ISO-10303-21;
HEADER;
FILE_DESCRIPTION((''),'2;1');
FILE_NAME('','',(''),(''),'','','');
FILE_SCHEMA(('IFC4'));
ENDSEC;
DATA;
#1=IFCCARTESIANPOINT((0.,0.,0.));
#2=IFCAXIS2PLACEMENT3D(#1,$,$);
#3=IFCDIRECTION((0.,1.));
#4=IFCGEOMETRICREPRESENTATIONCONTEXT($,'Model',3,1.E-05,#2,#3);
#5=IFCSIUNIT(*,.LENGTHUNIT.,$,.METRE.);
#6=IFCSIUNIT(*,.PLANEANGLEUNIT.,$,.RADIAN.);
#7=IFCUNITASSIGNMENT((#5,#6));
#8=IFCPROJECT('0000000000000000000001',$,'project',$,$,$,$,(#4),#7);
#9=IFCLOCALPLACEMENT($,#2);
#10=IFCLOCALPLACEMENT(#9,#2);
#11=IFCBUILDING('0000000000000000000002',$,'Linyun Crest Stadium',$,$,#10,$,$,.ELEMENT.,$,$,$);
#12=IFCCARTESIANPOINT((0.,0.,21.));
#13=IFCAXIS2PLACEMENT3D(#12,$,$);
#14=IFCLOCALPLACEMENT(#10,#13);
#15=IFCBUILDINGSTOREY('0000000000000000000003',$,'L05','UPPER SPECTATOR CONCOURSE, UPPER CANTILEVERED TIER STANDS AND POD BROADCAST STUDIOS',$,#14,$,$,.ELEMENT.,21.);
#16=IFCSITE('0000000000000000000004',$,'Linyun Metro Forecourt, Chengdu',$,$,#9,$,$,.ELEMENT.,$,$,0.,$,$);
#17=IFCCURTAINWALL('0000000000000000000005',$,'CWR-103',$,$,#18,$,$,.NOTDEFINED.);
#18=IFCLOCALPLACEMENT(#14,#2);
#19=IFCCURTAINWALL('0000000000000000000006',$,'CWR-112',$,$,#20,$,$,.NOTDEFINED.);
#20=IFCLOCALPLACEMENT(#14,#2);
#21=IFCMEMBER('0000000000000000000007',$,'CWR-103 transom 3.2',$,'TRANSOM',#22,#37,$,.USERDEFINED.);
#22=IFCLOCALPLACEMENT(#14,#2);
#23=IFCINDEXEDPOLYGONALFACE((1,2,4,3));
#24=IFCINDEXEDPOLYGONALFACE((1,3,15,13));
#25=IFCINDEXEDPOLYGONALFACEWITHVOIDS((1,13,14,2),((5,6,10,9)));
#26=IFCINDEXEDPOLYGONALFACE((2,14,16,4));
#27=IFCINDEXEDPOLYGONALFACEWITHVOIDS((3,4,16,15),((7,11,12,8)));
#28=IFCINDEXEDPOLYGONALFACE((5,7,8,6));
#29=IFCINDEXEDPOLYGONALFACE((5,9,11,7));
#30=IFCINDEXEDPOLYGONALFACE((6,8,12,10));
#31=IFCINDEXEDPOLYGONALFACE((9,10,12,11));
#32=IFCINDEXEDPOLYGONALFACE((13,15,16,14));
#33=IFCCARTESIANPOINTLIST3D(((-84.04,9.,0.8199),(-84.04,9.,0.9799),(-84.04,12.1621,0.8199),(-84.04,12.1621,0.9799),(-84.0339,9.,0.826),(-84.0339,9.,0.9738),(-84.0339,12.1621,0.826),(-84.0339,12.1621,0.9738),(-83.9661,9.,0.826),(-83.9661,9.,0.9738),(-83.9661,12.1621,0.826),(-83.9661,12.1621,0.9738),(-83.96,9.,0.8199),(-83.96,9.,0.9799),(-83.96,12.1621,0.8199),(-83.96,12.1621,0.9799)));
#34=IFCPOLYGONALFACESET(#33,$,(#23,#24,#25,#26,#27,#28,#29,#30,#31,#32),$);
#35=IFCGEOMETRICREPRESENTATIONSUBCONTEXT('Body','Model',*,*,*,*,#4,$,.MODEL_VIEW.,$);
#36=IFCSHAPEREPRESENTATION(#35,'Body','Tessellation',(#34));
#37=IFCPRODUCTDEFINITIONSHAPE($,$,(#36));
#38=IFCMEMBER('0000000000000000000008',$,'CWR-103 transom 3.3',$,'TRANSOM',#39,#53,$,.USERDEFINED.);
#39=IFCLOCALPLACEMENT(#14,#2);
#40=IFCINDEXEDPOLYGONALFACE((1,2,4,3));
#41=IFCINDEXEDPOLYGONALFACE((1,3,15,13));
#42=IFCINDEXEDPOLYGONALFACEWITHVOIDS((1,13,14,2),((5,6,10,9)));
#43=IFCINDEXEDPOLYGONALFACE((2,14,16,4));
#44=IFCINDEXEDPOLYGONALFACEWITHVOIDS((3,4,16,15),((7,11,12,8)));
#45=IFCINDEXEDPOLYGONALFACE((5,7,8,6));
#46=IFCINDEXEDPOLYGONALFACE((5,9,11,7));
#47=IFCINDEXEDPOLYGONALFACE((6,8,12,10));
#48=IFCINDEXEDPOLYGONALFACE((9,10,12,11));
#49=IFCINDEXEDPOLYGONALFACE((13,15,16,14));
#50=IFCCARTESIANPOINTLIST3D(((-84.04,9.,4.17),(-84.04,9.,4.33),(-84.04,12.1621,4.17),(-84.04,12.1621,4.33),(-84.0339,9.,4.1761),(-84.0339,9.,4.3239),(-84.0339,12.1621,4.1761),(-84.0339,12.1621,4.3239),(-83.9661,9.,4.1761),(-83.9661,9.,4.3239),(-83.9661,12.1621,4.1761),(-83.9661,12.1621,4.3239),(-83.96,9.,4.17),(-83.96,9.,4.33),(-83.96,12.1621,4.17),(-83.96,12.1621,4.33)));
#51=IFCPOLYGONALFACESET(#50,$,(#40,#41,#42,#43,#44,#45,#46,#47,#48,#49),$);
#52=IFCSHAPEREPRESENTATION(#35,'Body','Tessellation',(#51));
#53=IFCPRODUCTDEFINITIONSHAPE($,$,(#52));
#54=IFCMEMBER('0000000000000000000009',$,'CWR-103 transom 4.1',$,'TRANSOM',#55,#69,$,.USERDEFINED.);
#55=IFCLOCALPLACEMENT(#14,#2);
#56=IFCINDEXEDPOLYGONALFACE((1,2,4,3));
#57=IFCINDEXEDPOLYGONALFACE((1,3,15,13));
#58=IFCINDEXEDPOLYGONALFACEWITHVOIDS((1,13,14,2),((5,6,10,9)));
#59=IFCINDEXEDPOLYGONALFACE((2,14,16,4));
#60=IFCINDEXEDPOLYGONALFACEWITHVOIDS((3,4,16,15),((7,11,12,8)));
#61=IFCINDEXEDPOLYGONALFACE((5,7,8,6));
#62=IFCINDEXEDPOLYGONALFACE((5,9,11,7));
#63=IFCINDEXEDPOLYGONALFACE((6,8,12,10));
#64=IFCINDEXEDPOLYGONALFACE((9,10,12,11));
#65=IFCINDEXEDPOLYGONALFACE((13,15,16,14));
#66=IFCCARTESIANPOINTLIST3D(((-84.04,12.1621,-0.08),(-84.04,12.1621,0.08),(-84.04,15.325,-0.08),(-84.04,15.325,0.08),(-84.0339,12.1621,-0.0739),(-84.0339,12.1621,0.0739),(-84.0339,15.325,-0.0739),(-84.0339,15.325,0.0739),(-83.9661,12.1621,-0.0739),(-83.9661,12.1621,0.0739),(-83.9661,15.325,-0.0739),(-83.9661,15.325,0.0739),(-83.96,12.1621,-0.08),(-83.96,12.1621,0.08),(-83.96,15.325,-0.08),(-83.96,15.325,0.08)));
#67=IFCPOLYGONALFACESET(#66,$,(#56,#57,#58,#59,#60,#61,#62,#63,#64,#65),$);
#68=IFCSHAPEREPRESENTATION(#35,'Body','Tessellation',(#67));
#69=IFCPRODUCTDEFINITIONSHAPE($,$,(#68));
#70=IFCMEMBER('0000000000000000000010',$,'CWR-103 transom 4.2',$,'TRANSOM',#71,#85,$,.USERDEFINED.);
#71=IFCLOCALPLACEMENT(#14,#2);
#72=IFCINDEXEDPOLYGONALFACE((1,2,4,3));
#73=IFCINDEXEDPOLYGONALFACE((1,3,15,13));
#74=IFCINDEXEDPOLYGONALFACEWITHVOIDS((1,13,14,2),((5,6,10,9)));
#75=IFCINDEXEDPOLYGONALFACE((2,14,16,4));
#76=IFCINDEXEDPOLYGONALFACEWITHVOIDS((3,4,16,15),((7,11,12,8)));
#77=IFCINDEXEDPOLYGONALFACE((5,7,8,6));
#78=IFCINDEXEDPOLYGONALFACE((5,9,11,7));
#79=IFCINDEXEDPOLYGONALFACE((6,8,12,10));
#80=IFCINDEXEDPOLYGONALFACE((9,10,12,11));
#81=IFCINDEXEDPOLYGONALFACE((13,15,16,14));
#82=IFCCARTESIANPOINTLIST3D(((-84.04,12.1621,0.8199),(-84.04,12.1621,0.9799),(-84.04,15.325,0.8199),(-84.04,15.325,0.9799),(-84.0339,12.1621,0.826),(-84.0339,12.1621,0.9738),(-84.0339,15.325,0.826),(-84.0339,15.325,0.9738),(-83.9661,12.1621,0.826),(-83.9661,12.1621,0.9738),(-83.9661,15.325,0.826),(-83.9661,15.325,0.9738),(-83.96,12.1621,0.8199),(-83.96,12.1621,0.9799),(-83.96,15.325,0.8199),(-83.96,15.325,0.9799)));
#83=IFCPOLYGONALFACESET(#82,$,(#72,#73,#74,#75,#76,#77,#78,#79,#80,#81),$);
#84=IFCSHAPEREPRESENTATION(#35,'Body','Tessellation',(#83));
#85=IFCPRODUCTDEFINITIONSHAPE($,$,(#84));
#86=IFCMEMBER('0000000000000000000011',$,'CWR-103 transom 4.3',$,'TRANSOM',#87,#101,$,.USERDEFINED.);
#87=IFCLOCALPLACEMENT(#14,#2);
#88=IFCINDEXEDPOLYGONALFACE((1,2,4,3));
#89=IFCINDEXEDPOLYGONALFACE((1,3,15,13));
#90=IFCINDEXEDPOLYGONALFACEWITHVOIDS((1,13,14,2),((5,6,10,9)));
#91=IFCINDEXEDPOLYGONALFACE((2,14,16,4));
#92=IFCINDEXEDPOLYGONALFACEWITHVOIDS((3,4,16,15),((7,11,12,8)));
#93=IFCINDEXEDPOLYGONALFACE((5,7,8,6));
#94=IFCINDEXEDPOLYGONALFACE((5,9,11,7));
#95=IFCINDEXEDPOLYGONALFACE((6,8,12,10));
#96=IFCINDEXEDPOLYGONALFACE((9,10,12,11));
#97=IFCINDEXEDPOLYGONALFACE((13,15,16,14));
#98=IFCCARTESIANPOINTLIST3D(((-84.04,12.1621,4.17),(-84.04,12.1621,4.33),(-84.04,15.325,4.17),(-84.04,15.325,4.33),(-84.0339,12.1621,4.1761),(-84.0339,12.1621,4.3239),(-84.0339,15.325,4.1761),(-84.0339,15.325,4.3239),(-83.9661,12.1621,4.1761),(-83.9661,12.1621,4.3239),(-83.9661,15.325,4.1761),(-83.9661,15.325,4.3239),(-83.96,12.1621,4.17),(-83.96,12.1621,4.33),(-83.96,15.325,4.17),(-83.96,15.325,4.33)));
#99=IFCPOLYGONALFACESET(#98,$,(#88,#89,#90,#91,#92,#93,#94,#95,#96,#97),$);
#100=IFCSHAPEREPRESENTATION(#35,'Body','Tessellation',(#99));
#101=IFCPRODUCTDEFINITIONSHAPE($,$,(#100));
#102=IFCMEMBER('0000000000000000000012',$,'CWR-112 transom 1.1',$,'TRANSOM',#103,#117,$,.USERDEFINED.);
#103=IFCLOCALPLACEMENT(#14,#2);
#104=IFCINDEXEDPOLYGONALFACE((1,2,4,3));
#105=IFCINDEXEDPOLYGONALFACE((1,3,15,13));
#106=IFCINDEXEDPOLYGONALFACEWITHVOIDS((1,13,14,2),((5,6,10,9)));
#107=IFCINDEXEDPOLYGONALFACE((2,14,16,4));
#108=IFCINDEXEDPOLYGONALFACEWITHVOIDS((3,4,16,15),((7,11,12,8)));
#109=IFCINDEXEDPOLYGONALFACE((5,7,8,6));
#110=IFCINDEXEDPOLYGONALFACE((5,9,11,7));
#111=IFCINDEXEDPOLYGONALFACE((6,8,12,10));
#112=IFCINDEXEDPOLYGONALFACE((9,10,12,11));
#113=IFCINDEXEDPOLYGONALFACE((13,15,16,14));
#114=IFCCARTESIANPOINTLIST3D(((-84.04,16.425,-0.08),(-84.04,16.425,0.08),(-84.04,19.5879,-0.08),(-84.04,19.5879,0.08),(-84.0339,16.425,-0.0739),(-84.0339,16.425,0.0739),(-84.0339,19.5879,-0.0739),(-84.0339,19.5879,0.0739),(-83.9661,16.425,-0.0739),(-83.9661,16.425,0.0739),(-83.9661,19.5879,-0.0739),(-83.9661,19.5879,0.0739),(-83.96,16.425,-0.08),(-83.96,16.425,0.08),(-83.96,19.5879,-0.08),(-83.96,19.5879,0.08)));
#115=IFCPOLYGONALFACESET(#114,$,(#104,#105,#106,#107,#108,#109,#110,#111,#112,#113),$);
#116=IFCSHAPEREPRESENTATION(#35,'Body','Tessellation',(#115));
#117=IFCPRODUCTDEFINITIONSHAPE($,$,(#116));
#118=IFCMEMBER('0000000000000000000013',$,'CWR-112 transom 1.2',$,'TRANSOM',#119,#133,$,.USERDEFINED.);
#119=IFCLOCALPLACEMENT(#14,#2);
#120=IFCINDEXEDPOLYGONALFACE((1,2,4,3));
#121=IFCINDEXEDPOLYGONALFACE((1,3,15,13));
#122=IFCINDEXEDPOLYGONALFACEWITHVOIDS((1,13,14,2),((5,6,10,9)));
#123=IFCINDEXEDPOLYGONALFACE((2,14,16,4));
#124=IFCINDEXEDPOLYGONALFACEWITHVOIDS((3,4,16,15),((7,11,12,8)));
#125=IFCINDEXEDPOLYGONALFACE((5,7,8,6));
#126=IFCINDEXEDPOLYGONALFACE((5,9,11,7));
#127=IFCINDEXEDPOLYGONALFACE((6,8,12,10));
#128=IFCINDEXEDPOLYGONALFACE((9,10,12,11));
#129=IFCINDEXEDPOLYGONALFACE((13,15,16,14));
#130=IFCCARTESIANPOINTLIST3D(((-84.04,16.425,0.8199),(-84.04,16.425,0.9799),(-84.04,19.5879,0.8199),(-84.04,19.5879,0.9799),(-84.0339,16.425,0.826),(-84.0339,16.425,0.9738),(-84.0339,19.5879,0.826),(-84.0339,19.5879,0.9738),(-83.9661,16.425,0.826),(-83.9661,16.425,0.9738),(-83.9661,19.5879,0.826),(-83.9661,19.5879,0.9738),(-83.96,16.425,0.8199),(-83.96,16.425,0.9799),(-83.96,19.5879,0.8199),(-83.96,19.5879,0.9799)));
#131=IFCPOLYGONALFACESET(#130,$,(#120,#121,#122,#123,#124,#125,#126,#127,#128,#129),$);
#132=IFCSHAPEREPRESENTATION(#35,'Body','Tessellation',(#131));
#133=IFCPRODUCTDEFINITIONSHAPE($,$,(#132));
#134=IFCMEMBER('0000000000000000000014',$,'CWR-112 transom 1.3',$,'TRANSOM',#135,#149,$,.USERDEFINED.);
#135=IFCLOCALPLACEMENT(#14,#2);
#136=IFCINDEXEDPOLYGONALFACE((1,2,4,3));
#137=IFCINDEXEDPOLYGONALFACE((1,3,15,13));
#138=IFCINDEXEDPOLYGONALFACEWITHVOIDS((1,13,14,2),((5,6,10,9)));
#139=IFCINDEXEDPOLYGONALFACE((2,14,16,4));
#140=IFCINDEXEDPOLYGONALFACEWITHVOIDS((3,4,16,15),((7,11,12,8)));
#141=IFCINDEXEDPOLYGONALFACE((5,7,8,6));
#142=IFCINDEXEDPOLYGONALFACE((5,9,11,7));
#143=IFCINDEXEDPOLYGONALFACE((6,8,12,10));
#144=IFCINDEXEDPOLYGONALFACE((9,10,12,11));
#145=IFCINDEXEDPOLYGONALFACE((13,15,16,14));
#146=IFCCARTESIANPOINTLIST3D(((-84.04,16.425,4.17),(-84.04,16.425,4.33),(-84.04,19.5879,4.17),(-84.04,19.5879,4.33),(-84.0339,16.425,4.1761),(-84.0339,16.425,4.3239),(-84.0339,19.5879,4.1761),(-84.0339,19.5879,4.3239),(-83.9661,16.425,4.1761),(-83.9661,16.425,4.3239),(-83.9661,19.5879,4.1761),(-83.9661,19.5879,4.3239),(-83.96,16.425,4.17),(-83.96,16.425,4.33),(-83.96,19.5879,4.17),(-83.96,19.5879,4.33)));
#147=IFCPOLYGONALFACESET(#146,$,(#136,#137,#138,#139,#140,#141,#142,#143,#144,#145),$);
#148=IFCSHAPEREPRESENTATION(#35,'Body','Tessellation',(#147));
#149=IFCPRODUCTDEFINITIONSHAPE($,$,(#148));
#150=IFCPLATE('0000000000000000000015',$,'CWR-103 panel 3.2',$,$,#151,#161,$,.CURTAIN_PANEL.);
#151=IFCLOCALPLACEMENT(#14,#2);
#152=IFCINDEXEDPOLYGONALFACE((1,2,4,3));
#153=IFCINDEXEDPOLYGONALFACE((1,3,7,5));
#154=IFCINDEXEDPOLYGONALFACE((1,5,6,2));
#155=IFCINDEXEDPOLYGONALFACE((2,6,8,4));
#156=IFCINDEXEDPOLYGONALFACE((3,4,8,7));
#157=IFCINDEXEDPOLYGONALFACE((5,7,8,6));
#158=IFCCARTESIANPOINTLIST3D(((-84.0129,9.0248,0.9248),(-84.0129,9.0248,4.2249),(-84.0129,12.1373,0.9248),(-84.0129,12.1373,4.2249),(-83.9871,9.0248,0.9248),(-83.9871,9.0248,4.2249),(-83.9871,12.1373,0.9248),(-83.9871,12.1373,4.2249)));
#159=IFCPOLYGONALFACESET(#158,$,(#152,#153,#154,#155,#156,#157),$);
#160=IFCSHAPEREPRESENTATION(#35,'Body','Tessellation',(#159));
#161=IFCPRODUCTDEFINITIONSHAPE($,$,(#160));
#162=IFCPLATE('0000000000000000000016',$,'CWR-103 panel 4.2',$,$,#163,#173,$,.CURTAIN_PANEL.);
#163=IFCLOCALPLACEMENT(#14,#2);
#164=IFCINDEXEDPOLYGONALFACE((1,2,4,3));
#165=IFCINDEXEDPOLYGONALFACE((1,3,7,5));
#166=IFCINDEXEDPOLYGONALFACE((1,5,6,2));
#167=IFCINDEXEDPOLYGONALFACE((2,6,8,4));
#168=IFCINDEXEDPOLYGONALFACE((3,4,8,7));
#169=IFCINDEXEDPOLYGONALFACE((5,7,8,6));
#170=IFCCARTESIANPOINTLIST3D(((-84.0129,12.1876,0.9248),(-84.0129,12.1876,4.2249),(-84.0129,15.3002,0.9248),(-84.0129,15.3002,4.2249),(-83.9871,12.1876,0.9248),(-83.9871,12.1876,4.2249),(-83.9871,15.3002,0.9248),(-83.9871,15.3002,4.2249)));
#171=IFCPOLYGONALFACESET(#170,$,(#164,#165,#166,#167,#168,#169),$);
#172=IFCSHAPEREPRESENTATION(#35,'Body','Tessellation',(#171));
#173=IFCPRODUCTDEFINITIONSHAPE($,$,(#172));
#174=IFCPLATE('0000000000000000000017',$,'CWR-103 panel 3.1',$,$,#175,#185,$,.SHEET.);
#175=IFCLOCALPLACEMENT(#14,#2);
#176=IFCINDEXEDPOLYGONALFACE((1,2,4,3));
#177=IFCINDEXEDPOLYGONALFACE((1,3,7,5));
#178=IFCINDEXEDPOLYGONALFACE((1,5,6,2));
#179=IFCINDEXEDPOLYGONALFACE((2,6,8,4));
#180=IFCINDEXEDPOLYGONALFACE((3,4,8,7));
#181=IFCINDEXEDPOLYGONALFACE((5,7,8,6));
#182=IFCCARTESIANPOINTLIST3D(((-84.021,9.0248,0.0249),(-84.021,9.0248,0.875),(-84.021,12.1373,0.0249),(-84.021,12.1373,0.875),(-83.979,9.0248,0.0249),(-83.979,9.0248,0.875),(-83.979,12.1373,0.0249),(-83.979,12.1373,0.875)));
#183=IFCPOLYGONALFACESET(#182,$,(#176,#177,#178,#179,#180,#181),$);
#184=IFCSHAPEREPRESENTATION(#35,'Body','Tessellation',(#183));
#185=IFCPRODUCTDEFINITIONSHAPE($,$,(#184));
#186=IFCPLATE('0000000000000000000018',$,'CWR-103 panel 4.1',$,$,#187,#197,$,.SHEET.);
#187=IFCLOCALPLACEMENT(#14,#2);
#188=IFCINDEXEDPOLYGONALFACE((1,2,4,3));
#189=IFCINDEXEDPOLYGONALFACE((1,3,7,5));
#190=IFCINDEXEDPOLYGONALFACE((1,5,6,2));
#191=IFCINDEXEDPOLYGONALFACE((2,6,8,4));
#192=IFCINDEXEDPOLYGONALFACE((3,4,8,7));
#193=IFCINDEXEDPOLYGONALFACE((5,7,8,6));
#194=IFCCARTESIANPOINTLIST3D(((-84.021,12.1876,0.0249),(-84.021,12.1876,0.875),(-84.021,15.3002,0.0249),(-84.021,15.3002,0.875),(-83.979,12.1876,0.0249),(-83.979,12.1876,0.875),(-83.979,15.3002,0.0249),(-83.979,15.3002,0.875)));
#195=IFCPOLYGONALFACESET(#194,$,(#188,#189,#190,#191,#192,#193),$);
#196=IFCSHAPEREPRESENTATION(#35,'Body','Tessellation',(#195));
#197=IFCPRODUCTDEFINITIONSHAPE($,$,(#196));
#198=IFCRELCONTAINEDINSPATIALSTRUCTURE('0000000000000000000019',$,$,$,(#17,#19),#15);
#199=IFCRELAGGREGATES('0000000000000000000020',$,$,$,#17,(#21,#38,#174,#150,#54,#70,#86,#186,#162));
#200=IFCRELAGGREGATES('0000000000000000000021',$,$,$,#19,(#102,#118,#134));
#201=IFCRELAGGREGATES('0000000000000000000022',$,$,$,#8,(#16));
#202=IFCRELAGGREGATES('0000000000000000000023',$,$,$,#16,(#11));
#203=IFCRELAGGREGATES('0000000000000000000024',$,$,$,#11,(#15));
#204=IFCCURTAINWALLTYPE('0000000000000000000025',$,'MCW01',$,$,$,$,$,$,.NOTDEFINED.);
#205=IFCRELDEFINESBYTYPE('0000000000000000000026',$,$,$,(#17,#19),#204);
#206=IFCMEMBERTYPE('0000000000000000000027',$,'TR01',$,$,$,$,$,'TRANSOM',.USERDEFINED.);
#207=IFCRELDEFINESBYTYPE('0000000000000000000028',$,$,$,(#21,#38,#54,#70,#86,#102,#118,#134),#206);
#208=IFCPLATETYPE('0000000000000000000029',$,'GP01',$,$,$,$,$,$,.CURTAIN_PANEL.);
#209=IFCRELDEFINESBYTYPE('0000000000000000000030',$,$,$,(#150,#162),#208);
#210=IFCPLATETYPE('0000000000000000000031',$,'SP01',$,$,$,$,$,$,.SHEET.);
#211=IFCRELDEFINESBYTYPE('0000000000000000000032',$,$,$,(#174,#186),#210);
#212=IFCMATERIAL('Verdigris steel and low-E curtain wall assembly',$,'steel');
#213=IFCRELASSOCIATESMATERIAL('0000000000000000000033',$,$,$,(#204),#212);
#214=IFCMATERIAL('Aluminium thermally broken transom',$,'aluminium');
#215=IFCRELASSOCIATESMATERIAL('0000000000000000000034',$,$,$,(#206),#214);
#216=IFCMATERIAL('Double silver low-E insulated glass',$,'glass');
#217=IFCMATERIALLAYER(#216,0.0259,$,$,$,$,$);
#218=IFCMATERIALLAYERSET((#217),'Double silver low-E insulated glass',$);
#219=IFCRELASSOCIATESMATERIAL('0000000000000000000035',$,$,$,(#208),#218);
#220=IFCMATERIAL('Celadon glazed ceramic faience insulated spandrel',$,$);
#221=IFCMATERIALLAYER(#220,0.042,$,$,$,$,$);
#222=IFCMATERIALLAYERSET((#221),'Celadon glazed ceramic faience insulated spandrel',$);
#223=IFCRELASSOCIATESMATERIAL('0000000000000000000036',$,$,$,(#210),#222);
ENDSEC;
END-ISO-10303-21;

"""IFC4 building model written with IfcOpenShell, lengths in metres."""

from ifc_helpers import new_model, si_unit, direction, frame, origin, origin_2d, place, context, subcontext, project, spatial, rectangle, hollow_rectangle, extrude, material, layer, layer_set, material_profile, profile_set, type_object, element, aggregate, save


model = new_model("IFC4")

# Units and contexts
model_context = context("Model", 3, precision=1e-05, world=origin(), true_north=direction((0.0, 1.0)))
body_context = subcontext(model_context, "Body", "Model", "MODEL_VIEW")
ifc_project = project(units=[si_unit("LENGTHUNIT", "METRE"), si_unit("PLANEANGLEUNIT", "RADIAN")], contexts=[model_context])

# Site, building, storey
site_placement = place(None, origin())
site = spatial("IfcSite", under=ifc_project, at=site_placement, Name="Linyun Metro Forecourt, Chengdu", CompositionType="ELEMENT", RefElevation=0.0)
building_placement = place(site_placement, origin())
building = spatial("IfcBuilding", under=site, at=building_placement, Name="Linyun Crest Stadium", CompositionType="ELEMENT")
storey_placement = place(building_placement, frame((0.0, 0.0, 21.0)))
storey = spatial("IfcBuildingStorey", under=building, at=storey_placement, Name="L05", Description="UPPER SPECTATOR CONCOURSE, UPPER CANTILEVERED TIER STANDS AND POD BROADCAST STUDIOS", CompositionType="ELEMENT", Elevation=21.0)

# Curtain wall
ifc_material_1 = material(Name="Verdigris steel and low-E curtain wall assembly", Category="steel")
curtain_wall_type = type_object("IfcCurtainWallType", Name="MCW01", PredefinedType="NOTDEFINED", material=ifc_material_1)
curtain_wall_1_placement = place(storey_placement, origin())
curtain_wall_1 = element("IfcCurtainWall", 1, at=curtain_wall_1_placement, inside=storey, type_object=curtain_wall_type, Name="CWR-103", PredefinedType="NOTDEFINED")

# Curtain wall
curtain_wall_2_placement = place(storey_placement, origin())
curtain_wall_2 = element("IfcCurtainWall", 2, at=curtain_wall_2_placement, inside=storey, type_object=curtain_wall_type, Name="CWR-112", PredefinedType="NOTDEFINED")

# Members
ifc_material_2 = material(Name="Aluminium thermally broken transom", Category="aluminium")
ifc_material_profile_1 = material_profile(ifc_material_2, hollow_rectangle(XDim=0.0801, YDim=0.1599, WallThickness=0.0061, at=origin_2d()), Name="RHS 160x80x6")
ifc_profile_set_1 = profile_set([ifc_material_profile_1], Name="Aluminium thermally broken transom")
member_type_1 = type_object("IfcMemberType", Name="TR01", ElementType="TRANSOM", PredefinedType="USERDEFINED", material=ifc_profile_set_1)
member_1_placement = place(storey_placement, frame((-84.0, 9.0, 0.8999), z_axis=(0.0, 1.0, 0.0), x_axis=(-1.0, 0.0, 0.0)))
member_1 = element("IfcMember", 3, at=member_1_placement, type_object=member_type_1, Name="CWR-103 transom 3.2", ObjectType="TRANSOM", PredefinedType="USERDEFINED", context=body_context, shape_type="SweptSolid", body=[
    extrude(hollow_rectangle(XDim=0.0801, YDim=0.1599, WallThickness=0.0061, at=origin_2d()), origin(), (0.0, 0.0, 1.0), 3.1621),
])
member_2_placement = place(storey_placement, frame((-84.0, 9.0, 4.25), z_axis=(0.0, 1.0, 0.0), x_axis=(-1.0, 0.0, 0.0)))
member_2 = element("IfcMember", 4, at=member_2_placement, type_object=member_type_1, Name="CWR-103 transom 3.3", ObjectType="TRANSOM", PredefinedType="USERDEFINED", context=body_context, shape_type="SweptSolid", body=[
    extrude(hollow_rectangle(XDim=0.0801, YDim=0.1599, WallThickness=0.0061, at=origin_2d()), origin(), (0.0, 0.0, 1.0), 3.1621),
])
member_3_placement = place(storey_placement, frame((-84.0, 12.1621, 0.0), z_axis=(0.0, 1.0, 0.0), x_axis=(-1.0, 0.0, 0.0)))
member_3 = element("IfcMember", 5, at=member_3_placement, type_object=member_type_1, Name="CWR-103 transom 4.1", ObjectType="TRANSOM", PredefinedType="USERDEFINED", context=body_context, shape_type="SweptSolid", body=[
    extrude(hollow_rectangle(XDim=0.0801, YDim=0.1599, WallThickness=0.0061, at=origin_2d()), origin(), (0.0, 0.0, 1.0), 3.1628),
])
member_4_placement = place(storey_placement, frame((-84.0, 12.1621, 0.8999), z_axis=(0.0, 1.0, 0.0), x_axis=(-1.0, 0.0, 0.0)))
member_4 = element("IfcMember", 6, at=member_4_placement, type_object=member_type_1, Name="CWR-103 transom 4.2", ObjectType="TRANSOM", PredefinedType="USERDEFINED", context=body_context, shape_type="SweptSolid", body=[
    extrude(hollow_rectangle(XDim=0.0801, YDim=0.1599, WallThickness=0.0061, at=origin_2d()), origin(), (0.0, 0.0, 1.0), 3.1628),
])
member_5_placement = place(storey_placement, frame((-84.0, 12.1621, 4.25), z_axis=(0.0, 1.0, 0.0), x_axis=(-1.0, 0.0, 0.0)))
member_5 = element("IfcMember", 7, at=member_5_placement, type_object=member_type_1, Name="CWR-103 transom 4.3", ObjectType="TRANSOM", PredefinedType="USERDEFINED", context=body_context, shape_type="SweptSolid", body=[
    extrude(hollow_rectangle(XDim=0.0801, YDim=0.1599, WallThickness=0.0061, at=origin_2d()), origin(), (0.0, 0.0, 1.0), 3.1628),
])
member_6_placement = place(storey_placement, frame((-84.0, 16.425, 0.0), z_axis=(0.0, 1.0, 0.0), x_axis=(-1.0, 0.0, 0.0)))
member_6 = element("IfcMember", 8, at=member_6_placement, type_object=member_type_1, Name="CWR-112 transom 1.1", ObjectType="TRANSOM", PredefinedType="USERDEFINED", context=body_context, shape_type="SweptSolid", body=[
    extrude(hollow_rectangle(XDim=0.0801, YDim=0.1599, WallThickness=0.0061, at=origin_2d()), origin(), (0.0, 0.0, 1.0), 3.1628),
])
member_7_placement = place(storey_placement, frame((-84.0, 16.425, 0.8999), z_axis=(0.0, 1.0, 0.0), x_axis=(-1.0, 0.0, 0.0)))
member_7 = element("IfcMember", 9, at=member_7_placement, type_object=member_type_1, Name="CWR-112 transom 1.2", ObjectType="TRANSOM", PredefinedType="USERDEFINED", context=body_context, shape_type="SweptSolid", body=[
    extrude(hollow_rectangle(XDim=0.0801, YDim=0.1599, WallThickness=0.0061, at=origin_2d()), origin(), (0.0, 0.0, 1.0), 3.1628),
])
member_8_placement = place(storey_placement, frame((-84.0, 16.425, 4.25), z_axis=(0.0, 1.0, 0.0), x_axis=(-1.0, 0.0, 0.0)))
member_8 = element("IfcMember", 10, at=member_8_placement, type_object=member_type_1, Name="CWR-112 transom 1.3", ObjectType="TRANSOM", PredefinedType="USERDEFINED", context=body_context, shape_type="SweptSolid", body=[
    extrude(hollow_rectangle(XDim=0.0801, YDim=0.1599, WallThickness=0.0061, at=origin_2d()), origin(), (0.0, 0.0, 1.0), 3.1628),
])

# Plates
ifc_material_3 = material(Name="Double silver low-E insulated glass", Category="glass")
ifc_layer_1 = layer(ifc_material_3, 0.0259)
ifc_layer_set_1 = layer_set([ifc_layer_1], Name="Double silver low-E insulated glass")
plate_type_1 = type_object("IfcPlateType", Name="GP01", PredefinedType="CURTAIN_PANEL", material=ifc_layer_set_1)
plate_1_placement = place(storey_placement, frame((-84.0, 10.5811, 0.9248), z_axis=(0.0, 0.0, 1.0), x_axis=(0.0, 1.0, 0.0)))
plate_1 = element("IfcPlate", 11, at=plate_1_placement, type_object=plate_type_1, Name="CWR-103 panel 3.2", PredefinedType="CURTAIN_PANEL", context=body_context, shape_type="SweptSolid", body=[
    extrude(rectangle(XDim=3.1125, YDim=0.0259, at=origin_2d()), origin(), (0.0, 0.0, 1.0), 3.3),
])
plate_2_placement = place(storey_placement, frame((-84.0, 13.7439, 0.9248), z_axis=(0.0, 0.0, 1.0), x_axis=(0.0, 1.0, 0.0)))
plate_2 = element("IfcPlate", 12, at=plate_2_placement, type_object=plate_type_1, Name="CWR-103 panel 4.2", PredefinedType="CURTAIN_PANEL", context=body_context, shape_type="SweptSolid", body=[
    extrude(rectangle(XDim=3.1125, YDim=0.0259, at=origin_2d()), origin(), (0.0, 0.0, 1.0), 3.3),
])
ifc_material_4 = material(Name="Celadon glazed ceramic faience insulated spandrel")
ifc_layer_2 = layer(ifc_material_4, 0.042)
ifc_layer_set_2 = layer_set([ifc_layer_2], Name="Celadon glazed ceramic faience insulated spandrel")
plate_type_2 = type_object("IfcPlateType", Name="SP01", PredefinedType="SHEET", material=ifc_layer_set_2)
plate_3_placement = place(storey_placement, frame((-84.0, 10.5811, 0.0249), z_axis=(0.0, 0.0, 1.0), x_axis=(0.0, 1.0, 0.0)))
plate_3 = element("IfcPlate", 13, at=plate_3_placement, type_object=plate_type_2, Name="CWR-103 panel 3.1", PredefinedType="SHEET", context=body_context, shape_type="SweptSolid", body=[
    extrude(rectangle(XDim=3.1125, YDim=0.042, at=origin_2d()), origin(), (0.0, 0.0, 1.0), 0.8501),
])
plate_4_placement = place(storey_placement, frame((-84.0, 13.7439, 0.0249), z_axis=(0.0, 0.0, 1.0), x_axis=(0.0, 1.0, 0.0)))
plate_4 = element("IfcPlate", 14, at=plate_4_placement, type_object=plate_type_2, Name="CWR-103 panel 4.1", PredefinedType="SHEET", context=body_context, shape_type="SweptSolid", body=[
    extrude(rectangle(XDim=3.1125, YDim=0.042, at=origin_2d()), origin(), (0.0, 0.0, 1.0), 0.8501),
])
aggregate(curtain_wall_1, [member_1, member_2, plate_3, plate_1, member_3, member_4, member_5, plate_4, plate_2])
aggregate(curtain_wall_2, [member_6, member_7, member_8])

save(model, "model.ifc")
